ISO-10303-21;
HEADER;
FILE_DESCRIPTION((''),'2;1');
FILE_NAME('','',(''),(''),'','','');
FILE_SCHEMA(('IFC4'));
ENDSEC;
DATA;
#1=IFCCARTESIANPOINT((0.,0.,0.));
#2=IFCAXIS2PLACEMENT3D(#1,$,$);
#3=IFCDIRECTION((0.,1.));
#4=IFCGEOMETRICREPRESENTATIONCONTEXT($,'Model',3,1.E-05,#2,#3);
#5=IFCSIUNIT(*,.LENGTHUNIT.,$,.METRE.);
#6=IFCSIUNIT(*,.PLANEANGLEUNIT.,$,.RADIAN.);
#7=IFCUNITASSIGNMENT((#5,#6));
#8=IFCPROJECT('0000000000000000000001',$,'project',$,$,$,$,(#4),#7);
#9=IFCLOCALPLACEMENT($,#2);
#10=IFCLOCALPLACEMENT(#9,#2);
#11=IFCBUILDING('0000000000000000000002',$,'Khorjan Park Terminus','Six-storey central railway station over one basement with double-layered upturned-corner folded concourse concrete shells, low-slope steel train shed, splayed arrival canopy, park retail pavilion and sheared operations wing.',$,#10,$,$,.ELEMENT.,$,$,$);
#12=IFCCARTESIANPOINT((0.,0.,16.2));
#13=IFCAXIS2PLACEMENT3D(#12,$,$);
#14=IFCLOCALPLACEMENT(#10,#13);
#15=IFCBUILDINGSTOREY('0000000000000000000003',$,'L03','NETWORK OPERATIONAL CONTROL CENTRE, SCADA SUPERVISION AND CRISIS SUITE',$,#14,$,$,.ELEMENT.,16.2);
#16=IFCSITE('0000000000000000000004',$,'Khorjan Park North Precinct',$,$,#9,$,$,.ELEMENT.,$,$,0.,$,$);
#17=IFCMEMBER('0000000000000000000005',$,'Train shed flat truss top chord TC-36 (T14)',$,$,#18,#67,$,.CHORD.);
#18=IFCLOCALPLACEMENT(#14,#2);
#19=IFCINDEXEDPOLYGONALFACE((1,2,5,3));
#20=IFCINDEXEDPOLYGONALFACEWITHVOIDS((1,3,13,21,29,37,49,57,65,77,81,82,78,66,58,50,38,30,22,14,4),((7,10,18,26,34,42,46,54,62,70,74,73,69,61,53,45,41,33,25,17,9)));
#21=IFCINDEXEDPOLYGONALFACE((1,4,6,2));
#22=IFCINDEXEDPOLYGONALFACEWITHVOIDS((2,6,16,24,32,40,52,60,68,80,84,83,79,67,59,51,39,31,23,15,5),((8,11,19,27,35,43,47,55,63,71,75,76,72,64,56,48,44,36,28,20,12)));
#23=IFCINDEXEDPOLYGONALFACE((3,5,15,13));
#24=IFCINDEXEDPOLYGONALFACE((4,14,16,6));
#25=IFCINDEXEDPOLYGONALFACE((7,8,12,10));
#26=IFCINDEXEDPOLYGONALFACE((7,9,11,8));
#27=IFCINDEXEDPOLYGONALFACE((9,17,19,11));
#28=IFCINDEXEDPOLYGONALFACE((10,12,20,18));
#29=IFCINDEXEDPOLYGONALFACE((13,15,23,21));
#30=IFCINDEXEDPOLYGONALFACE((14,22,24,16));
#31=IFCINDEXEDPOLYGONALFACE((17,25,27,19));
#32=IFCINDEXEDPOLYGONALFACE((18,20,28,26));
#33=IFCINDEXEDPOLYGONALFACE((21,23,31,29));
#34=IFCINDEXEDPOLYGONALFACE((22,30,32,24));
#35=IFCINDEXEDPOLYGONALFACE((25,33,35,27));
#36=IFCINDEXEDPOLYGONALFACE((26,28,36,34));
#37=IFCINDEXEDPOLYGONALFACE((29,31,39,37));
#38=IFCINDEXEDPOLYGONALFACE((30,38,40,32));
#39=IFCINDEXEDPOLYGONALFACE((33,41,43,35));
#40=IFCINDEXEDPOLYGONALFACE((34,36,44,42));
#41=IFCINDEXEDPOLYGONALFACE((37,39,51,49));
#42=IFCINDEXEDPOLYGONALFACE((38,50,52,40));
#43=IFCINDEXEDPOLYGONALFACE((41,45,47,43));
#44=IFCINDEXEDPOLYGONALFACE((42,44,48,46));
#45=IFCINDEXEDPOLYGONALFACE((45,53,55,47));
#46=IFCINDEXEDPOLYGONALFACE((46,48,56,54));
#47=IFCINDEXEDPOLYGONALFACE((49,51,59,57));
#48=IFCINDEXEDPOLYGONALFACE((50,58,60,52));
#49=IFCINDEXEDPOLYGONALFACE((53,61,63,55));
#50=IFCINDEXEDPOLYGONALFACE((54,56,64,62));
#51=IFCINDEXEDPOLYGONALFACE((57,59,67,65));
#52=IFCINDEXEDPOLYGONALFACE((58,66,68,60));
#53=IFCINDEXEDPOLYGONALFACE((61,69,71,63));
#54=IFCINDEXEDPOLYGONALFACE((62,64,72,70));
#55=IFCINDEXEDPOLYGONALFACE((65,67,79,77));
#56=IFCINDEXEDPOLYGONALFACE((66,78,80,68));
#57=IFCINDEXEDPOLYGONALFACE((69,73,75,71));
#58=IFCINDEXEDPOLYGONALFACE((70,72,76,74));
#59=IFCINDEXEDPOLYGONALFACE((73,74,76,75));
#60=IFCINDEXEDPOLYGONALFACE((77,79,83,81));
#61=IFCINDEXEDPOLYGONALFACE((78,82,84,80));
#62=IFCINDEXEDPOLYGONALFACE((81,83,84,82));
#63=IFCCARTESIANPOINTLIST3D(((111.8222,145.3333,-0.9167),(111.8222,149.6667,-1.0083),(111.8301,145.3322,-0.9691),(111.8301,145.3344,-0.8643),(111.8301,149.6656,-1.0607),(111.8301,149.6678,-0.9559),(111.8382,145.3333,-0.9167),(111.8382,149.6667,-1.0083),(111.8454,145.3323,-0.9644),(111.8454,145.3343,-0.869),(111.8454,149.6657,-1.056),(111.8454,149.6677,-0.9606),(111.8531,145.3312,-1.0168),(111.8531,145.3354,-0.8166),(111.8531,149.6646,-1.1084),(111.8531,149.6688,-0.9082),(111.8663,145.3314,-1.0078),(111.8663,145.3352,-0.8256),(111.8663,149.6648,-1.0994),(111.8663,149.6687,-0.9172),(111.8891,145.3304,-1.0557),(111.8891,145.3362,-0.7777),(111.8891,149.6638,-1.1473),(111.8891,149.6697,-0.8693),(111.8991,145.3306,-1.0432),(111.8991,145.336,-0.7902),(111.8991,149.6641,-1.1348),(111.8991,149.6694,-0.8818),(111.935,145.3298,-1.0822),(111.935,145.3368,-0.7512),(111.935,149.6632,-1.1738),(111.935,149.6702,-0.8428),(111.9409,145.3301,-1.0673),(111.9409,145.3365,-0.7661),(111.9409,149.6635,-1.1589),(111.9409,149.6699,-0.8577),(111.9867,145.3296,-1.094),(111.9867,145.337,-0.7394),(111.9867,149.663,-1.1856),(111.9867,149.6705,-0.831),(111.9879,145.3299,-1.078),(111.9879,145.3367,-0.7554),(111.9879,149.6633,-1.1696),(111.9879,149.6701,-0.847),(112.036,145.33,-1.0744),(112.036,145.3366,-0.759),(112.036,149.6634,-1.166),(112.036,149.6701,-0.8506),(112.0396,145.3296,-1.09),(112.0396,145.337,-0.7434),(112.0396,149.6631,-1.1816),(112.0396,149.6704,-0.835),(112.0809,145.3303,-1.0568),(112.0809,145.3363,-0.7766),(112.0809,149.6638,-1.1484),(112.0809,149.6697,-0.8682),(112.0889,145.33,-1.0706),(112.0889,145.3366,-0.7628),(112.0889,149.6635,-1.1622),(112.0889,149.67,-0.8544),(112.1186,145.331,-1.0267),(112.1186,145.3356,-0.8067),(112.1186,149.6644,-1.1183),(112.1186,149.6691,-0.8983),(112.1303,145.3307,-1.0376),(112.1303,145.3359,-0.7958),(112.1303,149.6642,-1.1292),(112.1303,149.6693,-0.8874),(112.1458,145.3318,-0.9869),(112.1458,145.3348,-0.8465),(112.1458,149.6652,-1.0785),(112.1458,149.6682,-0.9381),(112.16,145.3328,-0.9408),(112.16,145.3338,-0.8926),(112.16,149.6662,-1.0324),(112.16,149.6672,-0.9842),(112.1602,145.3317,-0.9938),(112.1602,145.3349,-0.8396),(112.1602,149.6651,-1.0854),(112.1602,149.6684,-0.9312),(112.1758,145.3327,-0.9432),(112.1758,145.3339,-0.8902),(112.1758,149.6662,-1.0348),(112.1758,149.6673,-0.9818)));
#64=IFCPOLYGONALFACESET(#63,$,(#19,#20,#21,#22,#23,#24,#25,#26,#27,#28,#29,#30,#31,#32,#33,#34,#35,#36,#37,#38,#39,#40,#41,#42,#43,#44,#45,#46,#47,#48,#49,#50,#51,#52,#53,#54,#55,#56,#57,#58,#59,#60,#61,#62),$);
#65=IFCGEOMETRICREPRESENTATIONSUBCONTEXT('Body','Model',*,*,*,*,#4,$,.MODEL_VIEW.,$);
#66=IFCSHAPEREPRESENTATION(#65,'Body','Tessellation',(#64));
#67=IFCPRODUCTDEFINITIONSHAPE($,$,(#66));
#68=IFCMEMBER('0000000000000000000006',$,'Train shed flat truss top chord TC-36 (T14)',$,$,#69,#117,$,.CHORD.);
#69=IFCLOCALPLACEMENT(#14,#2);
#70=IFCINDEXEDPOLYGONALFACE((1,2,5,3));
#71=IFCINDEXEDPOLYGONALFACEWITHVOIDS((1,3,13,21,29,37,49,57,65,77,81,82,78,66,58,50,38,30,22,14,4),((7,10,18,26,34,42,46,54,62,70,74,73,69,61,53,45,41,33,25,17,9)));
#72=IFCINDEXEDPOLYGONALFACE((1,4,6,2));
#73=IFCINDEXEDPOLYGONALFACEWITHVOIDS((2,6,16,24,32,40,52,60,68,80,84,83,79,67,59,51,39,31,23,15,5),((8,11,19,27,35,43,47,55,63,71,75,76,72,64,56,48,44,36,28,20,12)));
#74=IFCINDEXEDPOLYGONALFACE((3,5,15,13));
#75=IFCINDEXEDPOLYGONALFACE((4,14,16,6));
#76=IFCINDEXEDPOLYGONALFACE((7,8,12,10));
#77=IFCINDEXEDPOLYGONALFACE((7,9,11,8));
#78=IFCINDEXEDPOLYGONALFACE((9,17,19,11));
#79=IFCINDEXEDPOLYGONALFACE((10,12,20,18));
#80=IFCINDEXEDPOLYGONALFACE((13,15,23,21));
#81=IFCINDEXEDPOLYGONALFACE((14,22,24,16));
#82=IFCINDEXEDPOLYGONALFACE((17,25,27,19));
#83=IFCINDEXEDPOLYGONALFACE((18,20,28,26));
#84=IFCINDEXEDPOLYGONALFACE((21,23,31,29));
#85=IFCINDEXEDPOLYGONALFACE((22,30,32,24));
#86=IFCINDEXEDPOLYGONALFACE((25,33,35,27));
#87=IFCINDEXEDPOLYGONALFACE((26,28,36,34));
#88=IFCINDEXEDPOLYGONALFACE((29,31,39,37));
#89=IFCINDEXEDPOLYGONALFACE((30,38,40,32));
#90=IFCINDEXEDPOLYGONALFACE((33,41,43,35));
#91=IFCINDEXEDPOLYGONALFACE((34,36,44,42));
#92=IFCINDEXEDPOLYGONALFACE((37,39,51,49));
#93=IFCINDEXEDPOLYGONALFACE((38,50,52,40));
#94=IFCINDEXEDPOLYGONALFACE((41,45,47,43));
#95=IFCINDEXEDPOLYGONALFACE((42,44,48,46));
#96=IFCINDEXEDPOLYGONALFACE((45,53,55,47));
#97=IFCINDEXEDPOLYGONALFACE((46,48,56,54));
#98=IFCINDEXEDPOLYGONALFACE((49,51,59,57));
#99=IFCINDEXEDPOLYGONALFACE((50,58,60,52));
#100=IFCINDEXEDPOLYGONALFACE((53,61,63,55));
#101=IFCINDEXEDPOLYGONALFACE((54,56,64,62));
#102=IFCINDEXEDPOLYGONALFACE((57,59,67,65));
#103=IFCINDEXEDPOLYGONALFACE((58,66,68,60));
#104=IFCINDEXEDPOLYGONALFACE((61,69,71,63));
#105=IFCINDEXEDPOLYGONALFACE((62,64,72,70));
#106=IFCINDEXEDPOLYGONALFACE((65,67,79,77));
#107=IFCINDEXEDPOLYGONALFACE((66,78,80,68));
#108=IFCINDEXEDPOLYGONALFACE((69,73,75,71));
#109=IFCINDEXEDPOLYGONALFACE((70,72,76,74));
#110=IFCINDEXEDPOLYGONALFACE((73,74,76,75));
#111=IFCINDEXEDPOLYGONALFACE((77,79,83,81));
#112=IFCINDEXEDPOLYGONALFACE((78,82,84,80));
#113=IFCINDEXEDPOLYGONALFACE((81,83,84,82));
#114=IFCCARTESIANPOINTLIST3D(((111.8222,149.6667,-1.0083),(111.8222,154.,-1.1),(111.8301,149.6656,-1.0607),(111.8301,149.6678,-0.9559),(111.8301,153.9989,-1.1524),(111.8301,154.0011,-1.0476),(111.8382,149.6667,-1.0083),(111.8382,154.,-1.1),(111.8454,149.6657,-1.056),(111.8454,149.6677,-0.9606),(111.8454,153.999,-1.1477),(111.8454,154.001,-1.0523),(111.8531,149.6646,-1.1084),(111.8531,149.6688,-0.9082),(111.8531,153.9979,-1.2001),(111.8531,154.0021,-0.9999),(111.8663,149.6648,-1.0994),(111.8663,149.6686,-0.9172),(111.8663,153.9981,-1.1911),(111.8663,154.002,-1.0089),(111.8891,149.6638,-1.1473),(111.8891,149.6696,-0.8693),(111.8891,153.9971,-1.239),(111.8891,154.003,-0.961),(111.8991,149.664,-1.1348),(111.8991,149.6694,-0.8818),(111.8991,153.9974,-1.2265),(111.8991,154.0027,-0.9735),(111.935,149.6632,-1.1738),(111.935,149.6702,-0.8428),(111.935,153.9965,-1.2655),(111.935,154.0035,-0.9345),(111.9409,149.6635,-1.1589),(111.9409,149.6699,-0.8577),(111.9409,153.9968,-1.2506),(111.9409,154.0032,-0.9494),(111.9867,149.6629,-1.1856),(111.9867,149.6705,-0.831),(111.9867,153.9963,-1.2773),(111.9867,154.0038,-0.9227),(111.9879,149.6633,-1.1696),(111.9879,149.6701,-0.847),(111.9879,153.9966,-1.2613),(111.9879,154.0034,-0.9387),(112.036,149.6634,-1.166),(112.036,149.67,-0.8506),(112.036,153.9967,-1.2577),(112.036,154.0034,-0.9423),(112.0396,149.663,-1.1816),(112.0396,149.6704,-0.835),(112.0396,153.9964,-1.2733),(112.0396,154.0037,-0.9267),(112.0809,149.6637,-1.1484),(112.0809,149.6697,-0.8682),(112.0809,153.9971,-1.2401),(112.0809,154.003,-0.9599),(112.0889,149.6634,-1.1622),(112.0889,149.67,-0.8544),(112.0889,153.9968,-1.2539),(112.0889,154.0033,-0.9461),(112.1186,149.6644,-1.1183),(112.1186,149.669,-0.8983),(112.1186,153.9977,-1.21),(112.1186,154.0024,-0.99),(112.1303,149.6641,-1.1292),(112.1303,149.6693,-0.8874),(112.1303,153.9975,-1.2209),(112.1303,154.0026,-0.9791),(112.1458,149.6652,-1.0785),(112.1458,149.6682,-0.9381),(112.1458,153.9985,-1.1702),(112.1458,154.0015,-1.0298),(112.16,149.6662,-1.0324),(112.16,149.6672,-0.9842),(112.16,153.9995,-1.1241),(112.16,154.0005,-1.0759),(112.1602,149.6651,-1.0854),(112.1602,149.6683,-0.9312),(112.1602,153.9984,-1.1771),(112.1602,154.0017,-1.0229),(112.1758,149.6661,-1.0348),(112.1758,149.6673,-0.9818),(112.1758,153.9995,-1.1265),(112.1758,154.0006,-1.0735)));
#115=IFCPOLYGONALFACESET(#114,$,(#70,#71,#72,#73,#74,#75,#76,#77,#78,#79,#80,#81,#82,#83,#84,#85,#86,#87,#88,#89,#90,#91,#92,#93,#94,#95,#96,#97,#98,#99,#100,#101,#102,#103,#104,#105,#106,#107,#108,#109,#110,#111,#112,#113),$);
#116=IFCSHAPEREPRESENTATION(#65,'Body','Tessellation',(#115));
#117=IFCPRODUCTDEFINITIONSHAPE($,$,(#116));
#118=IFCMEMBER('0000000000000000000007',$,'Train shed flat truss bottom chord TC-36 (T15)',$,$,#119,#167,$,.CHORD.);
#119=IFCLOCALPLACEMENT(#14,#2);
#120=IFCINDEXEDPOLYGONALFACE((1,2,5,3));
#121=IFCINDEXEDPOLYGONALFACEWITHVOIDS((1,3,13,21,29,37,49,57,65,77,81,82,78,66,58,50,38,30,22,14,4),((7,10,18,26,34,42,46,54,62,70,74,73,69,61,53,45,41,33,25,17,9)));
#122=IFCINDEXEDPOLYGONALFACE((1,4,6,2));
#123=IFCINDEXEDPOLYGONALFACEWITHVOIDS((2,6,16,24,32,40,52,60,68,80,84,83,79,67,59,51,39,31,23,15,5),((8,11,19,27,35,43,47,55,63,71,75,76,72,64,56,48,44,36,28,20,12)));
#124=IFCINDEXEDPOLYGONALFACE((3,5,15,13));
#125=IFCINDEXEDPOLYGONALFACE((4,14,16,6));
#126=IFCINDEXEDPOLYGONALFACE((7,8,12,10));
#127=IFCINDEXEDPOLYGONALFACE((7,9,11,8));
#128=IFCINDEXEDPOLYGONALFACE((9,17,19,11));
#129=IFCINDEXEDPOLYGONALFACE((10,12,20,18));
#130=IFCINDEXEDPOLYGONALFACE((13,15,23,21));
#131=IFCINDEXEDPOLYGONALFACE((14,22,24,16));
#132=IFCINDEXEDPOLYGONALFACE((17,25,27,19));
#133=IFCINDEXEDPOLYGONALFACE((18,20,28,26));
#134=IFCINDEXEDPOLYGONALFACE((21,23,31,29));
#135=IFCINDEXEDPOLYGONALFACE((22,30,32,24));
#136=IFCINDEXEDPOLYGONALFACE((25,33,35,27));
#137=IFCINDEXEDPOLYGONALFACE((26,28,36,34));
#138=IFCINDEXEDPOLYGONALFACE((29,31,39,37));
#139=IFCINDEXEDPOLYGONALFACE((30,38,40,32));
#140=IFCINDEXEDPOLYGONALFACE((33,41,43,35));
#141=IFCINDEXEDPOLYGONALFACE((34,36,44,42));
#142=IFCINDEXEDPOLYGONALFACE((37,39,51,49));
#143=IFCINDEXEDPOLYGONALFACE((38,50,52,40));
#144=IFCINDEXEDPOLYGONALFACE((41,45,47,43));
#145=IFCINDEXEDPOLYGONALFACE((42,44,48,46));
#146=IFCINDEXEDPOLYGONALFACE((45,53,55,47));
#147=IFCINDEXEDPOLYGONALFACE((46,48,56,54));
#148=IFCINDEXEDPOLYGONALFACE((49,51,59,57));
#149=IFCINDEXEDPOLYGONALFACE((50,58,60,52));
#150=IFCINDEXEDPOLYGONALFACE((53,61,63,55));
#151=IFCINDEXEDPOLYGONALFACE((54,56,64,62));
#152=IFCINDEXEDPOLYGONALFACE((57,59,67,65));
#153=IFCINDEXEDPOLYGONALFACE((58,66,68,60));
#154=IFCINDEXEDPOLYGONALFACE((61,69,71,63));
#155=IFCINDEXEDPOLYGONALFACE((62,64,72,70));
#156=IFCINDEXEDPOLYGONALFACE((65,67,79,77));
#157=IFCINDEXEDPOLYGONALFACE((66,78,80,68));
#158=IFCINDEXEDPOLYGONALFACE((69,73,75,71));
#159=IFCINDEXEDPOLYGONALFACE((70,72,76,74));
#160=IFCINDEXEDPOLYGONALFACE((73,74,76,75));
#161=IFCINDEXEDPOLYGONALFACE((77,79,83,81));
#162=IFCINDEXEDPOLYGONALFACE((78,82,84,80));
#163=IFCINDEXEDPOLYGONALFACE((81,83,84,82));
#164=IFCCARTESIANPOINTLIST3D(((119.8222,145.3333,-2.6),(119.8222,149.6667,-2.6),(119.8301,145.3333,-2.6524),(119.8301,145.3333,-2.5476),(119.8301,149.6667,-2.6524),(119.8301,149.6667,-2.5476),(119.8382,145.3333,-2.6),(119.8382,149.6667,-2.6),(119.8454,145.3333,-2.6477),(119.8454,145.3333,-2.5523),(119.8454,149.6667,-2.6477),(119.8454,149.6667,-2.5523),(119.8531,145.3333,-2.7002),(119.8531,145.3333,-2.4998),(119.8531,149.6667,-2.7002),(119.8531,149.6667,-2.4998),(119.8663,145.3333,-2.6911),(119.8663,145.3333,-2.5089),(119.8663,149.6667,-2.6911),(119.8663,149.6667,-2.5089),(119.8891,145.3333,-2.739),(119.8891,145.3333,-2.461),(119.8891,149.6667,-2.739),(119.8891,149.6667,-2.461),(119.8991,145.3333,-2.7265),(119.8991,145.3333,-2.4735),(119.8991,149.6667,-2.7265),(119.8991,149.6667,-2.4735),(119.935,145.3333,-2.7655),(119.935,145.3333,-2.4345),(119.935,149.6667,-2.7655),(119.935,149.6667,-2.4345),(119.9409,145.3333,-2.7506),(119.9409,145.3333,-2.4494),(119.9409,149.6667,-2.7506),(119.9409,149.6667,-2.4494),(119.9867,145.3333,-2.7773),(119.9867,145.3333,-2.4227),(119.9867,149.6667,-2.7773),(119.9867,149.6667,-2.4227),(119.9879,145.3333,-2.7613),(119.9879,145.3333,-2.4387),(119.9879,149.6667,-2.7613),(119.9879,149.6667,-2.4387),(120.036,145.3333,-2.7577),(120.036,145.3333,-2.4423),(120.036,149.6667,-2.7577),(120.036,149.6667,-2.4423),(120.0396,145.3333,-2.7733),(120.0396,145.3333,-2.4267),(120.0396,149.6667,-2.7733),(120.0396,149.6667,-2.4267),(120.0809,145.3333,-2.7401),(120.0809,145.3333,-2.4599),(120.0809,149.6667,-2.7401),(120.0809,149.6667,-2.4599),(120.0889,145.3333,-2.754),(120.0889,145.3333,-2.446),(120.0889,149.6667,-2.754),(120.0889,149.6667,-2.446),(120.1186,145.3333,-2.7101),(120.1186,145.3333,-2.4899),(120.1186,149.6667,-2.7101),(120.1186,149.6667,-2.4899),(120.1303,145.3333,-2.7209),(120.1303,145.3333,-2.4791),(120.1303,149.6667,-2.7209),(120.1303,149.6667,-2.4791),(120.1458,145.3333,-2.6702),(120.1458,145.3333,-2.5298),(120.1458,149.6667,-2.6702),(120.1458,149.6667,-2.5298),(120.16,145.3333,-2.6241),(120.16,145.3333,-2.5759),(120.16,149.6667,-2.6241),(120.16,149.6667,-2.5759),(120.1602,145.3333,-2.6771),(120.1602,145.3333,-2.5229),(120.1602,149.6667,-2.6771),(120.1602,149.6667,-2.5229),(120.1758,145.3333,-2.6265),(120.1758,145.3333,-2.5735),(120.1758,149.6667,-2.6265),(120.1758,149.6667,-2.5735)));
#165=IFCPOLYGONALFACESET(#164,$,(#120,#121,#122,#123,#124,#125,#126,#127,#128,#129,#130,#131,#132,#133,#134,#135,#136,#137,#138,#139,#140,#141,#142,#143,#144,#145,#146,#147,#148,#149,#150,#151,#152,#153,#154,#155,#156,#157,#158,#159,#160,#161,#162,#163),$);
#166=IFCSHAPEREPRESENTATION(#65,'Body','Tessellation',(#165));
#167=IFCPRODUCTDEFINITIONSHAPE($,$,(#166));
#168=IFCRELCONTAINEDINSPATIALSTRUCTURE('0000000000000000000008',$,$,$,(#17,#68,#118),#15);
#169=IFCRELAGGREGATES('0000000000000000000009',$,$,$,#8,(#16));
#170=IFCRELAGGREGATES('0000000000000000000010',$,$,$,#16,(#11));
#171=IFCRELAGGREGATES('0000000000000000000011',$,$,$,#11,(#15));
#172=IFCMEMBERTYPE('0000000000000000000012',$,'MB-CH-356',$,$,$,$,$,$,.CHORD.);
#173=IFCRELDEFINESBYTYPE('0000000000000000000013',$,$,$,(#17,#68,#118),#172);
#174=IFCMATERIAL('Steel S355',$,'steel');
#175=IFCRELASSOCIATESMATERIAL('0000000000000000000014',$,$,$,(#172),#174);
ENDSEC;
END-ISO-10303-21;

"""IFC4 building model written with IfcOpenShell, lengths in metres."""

from ifc_helpers import new_model, si_unit, direction, frame, origin, origin_2d, place, context, subcontext, project, spatial, hollow_circle, extrude, material, material_profile, profile_set, type_object, element, save


model = new_model("IFC4")

# Units and contexts
model_context = context("Model", 3, precision=1e-05, world=origin(), true_north=direction((0.0, 1.0)))
body_context = subcontext(model_context, "Body", "Model", "MODEL_VIEW")
ifc_project = project(units=[si_unit("LENGTHUNIT", "METRE"), si_unit("PLANEANGLEUNIT", "RADIAN")], contexts=[model_context])

# Site, building, storey
site_placement = place(None, origin())
site = spatial("IfcSite", under=ifc_project, at=site_placement, Name="Khorjan Park North Precinct", CompositionType="ELEMENT", RefElevation=0.0)
building_placement = place(site_placement, origin())
building = spatial("IfcBuilding", under=site, at=building_placement, Name="Khorjan Park Terminus", Description="Six-storey central railway station over one basement with double-layered upturned-corner folded concourse concrete shells, low-slope steel train shed, splayed arrival canopy, park retail pavilion and sheared operations wing.", CompositionType="ELEMENT")
storey_placement = place(building_placement, frame((0.0, 0.0, 16.2)))
storey = spatial("IfcBuildingStorey", under=building, at=storey_placement, Name="L03", Description="NETWORK OPERATIONAL CONTROL CENTRE, SCADA SUPERVISION AND CRISIS SUITE", CompositionType="ELEMENT", Elevation=16.2)

# Members
ifc_material = material(Name="Steel S355", Category="steel")
ifc_material_profile_1 = material_profile(ifc_material, hollow_circle(Radius=0.1778, WallThickness=0.016, at=origin_2d()), Name="CHS 355.6x16")
ifc_profile_set_1 = profile_set([ifc_material_profile_1], Name="Steel S355")
member_type_1 = type_object("IfcMemberType", Name="MB-CH-356", PredefinedType="CHORD", material=ifc_profile_set_1)
member_1_placement = place(storey_placement, frame((112.0, 145.3333, -0.9167), z_axis=(0.0, 0.999777, -0.021133), x_axis=(-1.0, 0.0, 0.0)))
element("IfcMember", 1, at=member_1_placement, inside=storey, type_object=member_type_1, Name="Train shed flat truss top chord TC-36 (T14)", PredefinedType="CHORD", context=body_context, shape_type="SweptSolid", body=[
    extrude(hollow_circle(Radius=0.1778, WallThickness=0.016, at=origin_2d()), origin(), (0.0, 0.0, 1.0), 4.3344),
])
member_2_placement = place(storey_placement, frame((112.0, 149.6667, -1.0083), z_axis=(0.0, 0.999776, -0.021157), x_axis=(-1.0, 0.0, 0.0)))
element("IfcMember", 2, at=member_2_placement, inside=storey, type_object=member_type_1, Name="Train shed flat truss top chord TC-36 (T14)", PredefinedType="CHORD", context=body_context, shape_type="SweptSolid", body=[
    extrude(hollow_circle(Radius=0.1778, WallThickness=0.016, at=origin_2d()), origin(), (0.0, 0.0, 1.0), 4.3343),
])
member_3_placement = place(storey_placement, frame((120.0, 145.3333, -2.6), z_axis=(0.0, 1.0, 0.0), x_axis=(-1.0, 0.0, 0.0)))
element("IfcMember", 3, at=member_3_placement, inside=storey, type_object=member_type_1, Name="Train shed flat truss bottom chord TC-36 (T15)", PredefinedType="CHORD", context=body_context, shape_type="SweptSolid", body=[
    extrude(hollow_circle(Radius=0.1778, WallThickness=0.016, at=origin_2d()), origin(), (0.0, 0.0, 1.0), 4.3334),
])

save(model, "model.ifc")
